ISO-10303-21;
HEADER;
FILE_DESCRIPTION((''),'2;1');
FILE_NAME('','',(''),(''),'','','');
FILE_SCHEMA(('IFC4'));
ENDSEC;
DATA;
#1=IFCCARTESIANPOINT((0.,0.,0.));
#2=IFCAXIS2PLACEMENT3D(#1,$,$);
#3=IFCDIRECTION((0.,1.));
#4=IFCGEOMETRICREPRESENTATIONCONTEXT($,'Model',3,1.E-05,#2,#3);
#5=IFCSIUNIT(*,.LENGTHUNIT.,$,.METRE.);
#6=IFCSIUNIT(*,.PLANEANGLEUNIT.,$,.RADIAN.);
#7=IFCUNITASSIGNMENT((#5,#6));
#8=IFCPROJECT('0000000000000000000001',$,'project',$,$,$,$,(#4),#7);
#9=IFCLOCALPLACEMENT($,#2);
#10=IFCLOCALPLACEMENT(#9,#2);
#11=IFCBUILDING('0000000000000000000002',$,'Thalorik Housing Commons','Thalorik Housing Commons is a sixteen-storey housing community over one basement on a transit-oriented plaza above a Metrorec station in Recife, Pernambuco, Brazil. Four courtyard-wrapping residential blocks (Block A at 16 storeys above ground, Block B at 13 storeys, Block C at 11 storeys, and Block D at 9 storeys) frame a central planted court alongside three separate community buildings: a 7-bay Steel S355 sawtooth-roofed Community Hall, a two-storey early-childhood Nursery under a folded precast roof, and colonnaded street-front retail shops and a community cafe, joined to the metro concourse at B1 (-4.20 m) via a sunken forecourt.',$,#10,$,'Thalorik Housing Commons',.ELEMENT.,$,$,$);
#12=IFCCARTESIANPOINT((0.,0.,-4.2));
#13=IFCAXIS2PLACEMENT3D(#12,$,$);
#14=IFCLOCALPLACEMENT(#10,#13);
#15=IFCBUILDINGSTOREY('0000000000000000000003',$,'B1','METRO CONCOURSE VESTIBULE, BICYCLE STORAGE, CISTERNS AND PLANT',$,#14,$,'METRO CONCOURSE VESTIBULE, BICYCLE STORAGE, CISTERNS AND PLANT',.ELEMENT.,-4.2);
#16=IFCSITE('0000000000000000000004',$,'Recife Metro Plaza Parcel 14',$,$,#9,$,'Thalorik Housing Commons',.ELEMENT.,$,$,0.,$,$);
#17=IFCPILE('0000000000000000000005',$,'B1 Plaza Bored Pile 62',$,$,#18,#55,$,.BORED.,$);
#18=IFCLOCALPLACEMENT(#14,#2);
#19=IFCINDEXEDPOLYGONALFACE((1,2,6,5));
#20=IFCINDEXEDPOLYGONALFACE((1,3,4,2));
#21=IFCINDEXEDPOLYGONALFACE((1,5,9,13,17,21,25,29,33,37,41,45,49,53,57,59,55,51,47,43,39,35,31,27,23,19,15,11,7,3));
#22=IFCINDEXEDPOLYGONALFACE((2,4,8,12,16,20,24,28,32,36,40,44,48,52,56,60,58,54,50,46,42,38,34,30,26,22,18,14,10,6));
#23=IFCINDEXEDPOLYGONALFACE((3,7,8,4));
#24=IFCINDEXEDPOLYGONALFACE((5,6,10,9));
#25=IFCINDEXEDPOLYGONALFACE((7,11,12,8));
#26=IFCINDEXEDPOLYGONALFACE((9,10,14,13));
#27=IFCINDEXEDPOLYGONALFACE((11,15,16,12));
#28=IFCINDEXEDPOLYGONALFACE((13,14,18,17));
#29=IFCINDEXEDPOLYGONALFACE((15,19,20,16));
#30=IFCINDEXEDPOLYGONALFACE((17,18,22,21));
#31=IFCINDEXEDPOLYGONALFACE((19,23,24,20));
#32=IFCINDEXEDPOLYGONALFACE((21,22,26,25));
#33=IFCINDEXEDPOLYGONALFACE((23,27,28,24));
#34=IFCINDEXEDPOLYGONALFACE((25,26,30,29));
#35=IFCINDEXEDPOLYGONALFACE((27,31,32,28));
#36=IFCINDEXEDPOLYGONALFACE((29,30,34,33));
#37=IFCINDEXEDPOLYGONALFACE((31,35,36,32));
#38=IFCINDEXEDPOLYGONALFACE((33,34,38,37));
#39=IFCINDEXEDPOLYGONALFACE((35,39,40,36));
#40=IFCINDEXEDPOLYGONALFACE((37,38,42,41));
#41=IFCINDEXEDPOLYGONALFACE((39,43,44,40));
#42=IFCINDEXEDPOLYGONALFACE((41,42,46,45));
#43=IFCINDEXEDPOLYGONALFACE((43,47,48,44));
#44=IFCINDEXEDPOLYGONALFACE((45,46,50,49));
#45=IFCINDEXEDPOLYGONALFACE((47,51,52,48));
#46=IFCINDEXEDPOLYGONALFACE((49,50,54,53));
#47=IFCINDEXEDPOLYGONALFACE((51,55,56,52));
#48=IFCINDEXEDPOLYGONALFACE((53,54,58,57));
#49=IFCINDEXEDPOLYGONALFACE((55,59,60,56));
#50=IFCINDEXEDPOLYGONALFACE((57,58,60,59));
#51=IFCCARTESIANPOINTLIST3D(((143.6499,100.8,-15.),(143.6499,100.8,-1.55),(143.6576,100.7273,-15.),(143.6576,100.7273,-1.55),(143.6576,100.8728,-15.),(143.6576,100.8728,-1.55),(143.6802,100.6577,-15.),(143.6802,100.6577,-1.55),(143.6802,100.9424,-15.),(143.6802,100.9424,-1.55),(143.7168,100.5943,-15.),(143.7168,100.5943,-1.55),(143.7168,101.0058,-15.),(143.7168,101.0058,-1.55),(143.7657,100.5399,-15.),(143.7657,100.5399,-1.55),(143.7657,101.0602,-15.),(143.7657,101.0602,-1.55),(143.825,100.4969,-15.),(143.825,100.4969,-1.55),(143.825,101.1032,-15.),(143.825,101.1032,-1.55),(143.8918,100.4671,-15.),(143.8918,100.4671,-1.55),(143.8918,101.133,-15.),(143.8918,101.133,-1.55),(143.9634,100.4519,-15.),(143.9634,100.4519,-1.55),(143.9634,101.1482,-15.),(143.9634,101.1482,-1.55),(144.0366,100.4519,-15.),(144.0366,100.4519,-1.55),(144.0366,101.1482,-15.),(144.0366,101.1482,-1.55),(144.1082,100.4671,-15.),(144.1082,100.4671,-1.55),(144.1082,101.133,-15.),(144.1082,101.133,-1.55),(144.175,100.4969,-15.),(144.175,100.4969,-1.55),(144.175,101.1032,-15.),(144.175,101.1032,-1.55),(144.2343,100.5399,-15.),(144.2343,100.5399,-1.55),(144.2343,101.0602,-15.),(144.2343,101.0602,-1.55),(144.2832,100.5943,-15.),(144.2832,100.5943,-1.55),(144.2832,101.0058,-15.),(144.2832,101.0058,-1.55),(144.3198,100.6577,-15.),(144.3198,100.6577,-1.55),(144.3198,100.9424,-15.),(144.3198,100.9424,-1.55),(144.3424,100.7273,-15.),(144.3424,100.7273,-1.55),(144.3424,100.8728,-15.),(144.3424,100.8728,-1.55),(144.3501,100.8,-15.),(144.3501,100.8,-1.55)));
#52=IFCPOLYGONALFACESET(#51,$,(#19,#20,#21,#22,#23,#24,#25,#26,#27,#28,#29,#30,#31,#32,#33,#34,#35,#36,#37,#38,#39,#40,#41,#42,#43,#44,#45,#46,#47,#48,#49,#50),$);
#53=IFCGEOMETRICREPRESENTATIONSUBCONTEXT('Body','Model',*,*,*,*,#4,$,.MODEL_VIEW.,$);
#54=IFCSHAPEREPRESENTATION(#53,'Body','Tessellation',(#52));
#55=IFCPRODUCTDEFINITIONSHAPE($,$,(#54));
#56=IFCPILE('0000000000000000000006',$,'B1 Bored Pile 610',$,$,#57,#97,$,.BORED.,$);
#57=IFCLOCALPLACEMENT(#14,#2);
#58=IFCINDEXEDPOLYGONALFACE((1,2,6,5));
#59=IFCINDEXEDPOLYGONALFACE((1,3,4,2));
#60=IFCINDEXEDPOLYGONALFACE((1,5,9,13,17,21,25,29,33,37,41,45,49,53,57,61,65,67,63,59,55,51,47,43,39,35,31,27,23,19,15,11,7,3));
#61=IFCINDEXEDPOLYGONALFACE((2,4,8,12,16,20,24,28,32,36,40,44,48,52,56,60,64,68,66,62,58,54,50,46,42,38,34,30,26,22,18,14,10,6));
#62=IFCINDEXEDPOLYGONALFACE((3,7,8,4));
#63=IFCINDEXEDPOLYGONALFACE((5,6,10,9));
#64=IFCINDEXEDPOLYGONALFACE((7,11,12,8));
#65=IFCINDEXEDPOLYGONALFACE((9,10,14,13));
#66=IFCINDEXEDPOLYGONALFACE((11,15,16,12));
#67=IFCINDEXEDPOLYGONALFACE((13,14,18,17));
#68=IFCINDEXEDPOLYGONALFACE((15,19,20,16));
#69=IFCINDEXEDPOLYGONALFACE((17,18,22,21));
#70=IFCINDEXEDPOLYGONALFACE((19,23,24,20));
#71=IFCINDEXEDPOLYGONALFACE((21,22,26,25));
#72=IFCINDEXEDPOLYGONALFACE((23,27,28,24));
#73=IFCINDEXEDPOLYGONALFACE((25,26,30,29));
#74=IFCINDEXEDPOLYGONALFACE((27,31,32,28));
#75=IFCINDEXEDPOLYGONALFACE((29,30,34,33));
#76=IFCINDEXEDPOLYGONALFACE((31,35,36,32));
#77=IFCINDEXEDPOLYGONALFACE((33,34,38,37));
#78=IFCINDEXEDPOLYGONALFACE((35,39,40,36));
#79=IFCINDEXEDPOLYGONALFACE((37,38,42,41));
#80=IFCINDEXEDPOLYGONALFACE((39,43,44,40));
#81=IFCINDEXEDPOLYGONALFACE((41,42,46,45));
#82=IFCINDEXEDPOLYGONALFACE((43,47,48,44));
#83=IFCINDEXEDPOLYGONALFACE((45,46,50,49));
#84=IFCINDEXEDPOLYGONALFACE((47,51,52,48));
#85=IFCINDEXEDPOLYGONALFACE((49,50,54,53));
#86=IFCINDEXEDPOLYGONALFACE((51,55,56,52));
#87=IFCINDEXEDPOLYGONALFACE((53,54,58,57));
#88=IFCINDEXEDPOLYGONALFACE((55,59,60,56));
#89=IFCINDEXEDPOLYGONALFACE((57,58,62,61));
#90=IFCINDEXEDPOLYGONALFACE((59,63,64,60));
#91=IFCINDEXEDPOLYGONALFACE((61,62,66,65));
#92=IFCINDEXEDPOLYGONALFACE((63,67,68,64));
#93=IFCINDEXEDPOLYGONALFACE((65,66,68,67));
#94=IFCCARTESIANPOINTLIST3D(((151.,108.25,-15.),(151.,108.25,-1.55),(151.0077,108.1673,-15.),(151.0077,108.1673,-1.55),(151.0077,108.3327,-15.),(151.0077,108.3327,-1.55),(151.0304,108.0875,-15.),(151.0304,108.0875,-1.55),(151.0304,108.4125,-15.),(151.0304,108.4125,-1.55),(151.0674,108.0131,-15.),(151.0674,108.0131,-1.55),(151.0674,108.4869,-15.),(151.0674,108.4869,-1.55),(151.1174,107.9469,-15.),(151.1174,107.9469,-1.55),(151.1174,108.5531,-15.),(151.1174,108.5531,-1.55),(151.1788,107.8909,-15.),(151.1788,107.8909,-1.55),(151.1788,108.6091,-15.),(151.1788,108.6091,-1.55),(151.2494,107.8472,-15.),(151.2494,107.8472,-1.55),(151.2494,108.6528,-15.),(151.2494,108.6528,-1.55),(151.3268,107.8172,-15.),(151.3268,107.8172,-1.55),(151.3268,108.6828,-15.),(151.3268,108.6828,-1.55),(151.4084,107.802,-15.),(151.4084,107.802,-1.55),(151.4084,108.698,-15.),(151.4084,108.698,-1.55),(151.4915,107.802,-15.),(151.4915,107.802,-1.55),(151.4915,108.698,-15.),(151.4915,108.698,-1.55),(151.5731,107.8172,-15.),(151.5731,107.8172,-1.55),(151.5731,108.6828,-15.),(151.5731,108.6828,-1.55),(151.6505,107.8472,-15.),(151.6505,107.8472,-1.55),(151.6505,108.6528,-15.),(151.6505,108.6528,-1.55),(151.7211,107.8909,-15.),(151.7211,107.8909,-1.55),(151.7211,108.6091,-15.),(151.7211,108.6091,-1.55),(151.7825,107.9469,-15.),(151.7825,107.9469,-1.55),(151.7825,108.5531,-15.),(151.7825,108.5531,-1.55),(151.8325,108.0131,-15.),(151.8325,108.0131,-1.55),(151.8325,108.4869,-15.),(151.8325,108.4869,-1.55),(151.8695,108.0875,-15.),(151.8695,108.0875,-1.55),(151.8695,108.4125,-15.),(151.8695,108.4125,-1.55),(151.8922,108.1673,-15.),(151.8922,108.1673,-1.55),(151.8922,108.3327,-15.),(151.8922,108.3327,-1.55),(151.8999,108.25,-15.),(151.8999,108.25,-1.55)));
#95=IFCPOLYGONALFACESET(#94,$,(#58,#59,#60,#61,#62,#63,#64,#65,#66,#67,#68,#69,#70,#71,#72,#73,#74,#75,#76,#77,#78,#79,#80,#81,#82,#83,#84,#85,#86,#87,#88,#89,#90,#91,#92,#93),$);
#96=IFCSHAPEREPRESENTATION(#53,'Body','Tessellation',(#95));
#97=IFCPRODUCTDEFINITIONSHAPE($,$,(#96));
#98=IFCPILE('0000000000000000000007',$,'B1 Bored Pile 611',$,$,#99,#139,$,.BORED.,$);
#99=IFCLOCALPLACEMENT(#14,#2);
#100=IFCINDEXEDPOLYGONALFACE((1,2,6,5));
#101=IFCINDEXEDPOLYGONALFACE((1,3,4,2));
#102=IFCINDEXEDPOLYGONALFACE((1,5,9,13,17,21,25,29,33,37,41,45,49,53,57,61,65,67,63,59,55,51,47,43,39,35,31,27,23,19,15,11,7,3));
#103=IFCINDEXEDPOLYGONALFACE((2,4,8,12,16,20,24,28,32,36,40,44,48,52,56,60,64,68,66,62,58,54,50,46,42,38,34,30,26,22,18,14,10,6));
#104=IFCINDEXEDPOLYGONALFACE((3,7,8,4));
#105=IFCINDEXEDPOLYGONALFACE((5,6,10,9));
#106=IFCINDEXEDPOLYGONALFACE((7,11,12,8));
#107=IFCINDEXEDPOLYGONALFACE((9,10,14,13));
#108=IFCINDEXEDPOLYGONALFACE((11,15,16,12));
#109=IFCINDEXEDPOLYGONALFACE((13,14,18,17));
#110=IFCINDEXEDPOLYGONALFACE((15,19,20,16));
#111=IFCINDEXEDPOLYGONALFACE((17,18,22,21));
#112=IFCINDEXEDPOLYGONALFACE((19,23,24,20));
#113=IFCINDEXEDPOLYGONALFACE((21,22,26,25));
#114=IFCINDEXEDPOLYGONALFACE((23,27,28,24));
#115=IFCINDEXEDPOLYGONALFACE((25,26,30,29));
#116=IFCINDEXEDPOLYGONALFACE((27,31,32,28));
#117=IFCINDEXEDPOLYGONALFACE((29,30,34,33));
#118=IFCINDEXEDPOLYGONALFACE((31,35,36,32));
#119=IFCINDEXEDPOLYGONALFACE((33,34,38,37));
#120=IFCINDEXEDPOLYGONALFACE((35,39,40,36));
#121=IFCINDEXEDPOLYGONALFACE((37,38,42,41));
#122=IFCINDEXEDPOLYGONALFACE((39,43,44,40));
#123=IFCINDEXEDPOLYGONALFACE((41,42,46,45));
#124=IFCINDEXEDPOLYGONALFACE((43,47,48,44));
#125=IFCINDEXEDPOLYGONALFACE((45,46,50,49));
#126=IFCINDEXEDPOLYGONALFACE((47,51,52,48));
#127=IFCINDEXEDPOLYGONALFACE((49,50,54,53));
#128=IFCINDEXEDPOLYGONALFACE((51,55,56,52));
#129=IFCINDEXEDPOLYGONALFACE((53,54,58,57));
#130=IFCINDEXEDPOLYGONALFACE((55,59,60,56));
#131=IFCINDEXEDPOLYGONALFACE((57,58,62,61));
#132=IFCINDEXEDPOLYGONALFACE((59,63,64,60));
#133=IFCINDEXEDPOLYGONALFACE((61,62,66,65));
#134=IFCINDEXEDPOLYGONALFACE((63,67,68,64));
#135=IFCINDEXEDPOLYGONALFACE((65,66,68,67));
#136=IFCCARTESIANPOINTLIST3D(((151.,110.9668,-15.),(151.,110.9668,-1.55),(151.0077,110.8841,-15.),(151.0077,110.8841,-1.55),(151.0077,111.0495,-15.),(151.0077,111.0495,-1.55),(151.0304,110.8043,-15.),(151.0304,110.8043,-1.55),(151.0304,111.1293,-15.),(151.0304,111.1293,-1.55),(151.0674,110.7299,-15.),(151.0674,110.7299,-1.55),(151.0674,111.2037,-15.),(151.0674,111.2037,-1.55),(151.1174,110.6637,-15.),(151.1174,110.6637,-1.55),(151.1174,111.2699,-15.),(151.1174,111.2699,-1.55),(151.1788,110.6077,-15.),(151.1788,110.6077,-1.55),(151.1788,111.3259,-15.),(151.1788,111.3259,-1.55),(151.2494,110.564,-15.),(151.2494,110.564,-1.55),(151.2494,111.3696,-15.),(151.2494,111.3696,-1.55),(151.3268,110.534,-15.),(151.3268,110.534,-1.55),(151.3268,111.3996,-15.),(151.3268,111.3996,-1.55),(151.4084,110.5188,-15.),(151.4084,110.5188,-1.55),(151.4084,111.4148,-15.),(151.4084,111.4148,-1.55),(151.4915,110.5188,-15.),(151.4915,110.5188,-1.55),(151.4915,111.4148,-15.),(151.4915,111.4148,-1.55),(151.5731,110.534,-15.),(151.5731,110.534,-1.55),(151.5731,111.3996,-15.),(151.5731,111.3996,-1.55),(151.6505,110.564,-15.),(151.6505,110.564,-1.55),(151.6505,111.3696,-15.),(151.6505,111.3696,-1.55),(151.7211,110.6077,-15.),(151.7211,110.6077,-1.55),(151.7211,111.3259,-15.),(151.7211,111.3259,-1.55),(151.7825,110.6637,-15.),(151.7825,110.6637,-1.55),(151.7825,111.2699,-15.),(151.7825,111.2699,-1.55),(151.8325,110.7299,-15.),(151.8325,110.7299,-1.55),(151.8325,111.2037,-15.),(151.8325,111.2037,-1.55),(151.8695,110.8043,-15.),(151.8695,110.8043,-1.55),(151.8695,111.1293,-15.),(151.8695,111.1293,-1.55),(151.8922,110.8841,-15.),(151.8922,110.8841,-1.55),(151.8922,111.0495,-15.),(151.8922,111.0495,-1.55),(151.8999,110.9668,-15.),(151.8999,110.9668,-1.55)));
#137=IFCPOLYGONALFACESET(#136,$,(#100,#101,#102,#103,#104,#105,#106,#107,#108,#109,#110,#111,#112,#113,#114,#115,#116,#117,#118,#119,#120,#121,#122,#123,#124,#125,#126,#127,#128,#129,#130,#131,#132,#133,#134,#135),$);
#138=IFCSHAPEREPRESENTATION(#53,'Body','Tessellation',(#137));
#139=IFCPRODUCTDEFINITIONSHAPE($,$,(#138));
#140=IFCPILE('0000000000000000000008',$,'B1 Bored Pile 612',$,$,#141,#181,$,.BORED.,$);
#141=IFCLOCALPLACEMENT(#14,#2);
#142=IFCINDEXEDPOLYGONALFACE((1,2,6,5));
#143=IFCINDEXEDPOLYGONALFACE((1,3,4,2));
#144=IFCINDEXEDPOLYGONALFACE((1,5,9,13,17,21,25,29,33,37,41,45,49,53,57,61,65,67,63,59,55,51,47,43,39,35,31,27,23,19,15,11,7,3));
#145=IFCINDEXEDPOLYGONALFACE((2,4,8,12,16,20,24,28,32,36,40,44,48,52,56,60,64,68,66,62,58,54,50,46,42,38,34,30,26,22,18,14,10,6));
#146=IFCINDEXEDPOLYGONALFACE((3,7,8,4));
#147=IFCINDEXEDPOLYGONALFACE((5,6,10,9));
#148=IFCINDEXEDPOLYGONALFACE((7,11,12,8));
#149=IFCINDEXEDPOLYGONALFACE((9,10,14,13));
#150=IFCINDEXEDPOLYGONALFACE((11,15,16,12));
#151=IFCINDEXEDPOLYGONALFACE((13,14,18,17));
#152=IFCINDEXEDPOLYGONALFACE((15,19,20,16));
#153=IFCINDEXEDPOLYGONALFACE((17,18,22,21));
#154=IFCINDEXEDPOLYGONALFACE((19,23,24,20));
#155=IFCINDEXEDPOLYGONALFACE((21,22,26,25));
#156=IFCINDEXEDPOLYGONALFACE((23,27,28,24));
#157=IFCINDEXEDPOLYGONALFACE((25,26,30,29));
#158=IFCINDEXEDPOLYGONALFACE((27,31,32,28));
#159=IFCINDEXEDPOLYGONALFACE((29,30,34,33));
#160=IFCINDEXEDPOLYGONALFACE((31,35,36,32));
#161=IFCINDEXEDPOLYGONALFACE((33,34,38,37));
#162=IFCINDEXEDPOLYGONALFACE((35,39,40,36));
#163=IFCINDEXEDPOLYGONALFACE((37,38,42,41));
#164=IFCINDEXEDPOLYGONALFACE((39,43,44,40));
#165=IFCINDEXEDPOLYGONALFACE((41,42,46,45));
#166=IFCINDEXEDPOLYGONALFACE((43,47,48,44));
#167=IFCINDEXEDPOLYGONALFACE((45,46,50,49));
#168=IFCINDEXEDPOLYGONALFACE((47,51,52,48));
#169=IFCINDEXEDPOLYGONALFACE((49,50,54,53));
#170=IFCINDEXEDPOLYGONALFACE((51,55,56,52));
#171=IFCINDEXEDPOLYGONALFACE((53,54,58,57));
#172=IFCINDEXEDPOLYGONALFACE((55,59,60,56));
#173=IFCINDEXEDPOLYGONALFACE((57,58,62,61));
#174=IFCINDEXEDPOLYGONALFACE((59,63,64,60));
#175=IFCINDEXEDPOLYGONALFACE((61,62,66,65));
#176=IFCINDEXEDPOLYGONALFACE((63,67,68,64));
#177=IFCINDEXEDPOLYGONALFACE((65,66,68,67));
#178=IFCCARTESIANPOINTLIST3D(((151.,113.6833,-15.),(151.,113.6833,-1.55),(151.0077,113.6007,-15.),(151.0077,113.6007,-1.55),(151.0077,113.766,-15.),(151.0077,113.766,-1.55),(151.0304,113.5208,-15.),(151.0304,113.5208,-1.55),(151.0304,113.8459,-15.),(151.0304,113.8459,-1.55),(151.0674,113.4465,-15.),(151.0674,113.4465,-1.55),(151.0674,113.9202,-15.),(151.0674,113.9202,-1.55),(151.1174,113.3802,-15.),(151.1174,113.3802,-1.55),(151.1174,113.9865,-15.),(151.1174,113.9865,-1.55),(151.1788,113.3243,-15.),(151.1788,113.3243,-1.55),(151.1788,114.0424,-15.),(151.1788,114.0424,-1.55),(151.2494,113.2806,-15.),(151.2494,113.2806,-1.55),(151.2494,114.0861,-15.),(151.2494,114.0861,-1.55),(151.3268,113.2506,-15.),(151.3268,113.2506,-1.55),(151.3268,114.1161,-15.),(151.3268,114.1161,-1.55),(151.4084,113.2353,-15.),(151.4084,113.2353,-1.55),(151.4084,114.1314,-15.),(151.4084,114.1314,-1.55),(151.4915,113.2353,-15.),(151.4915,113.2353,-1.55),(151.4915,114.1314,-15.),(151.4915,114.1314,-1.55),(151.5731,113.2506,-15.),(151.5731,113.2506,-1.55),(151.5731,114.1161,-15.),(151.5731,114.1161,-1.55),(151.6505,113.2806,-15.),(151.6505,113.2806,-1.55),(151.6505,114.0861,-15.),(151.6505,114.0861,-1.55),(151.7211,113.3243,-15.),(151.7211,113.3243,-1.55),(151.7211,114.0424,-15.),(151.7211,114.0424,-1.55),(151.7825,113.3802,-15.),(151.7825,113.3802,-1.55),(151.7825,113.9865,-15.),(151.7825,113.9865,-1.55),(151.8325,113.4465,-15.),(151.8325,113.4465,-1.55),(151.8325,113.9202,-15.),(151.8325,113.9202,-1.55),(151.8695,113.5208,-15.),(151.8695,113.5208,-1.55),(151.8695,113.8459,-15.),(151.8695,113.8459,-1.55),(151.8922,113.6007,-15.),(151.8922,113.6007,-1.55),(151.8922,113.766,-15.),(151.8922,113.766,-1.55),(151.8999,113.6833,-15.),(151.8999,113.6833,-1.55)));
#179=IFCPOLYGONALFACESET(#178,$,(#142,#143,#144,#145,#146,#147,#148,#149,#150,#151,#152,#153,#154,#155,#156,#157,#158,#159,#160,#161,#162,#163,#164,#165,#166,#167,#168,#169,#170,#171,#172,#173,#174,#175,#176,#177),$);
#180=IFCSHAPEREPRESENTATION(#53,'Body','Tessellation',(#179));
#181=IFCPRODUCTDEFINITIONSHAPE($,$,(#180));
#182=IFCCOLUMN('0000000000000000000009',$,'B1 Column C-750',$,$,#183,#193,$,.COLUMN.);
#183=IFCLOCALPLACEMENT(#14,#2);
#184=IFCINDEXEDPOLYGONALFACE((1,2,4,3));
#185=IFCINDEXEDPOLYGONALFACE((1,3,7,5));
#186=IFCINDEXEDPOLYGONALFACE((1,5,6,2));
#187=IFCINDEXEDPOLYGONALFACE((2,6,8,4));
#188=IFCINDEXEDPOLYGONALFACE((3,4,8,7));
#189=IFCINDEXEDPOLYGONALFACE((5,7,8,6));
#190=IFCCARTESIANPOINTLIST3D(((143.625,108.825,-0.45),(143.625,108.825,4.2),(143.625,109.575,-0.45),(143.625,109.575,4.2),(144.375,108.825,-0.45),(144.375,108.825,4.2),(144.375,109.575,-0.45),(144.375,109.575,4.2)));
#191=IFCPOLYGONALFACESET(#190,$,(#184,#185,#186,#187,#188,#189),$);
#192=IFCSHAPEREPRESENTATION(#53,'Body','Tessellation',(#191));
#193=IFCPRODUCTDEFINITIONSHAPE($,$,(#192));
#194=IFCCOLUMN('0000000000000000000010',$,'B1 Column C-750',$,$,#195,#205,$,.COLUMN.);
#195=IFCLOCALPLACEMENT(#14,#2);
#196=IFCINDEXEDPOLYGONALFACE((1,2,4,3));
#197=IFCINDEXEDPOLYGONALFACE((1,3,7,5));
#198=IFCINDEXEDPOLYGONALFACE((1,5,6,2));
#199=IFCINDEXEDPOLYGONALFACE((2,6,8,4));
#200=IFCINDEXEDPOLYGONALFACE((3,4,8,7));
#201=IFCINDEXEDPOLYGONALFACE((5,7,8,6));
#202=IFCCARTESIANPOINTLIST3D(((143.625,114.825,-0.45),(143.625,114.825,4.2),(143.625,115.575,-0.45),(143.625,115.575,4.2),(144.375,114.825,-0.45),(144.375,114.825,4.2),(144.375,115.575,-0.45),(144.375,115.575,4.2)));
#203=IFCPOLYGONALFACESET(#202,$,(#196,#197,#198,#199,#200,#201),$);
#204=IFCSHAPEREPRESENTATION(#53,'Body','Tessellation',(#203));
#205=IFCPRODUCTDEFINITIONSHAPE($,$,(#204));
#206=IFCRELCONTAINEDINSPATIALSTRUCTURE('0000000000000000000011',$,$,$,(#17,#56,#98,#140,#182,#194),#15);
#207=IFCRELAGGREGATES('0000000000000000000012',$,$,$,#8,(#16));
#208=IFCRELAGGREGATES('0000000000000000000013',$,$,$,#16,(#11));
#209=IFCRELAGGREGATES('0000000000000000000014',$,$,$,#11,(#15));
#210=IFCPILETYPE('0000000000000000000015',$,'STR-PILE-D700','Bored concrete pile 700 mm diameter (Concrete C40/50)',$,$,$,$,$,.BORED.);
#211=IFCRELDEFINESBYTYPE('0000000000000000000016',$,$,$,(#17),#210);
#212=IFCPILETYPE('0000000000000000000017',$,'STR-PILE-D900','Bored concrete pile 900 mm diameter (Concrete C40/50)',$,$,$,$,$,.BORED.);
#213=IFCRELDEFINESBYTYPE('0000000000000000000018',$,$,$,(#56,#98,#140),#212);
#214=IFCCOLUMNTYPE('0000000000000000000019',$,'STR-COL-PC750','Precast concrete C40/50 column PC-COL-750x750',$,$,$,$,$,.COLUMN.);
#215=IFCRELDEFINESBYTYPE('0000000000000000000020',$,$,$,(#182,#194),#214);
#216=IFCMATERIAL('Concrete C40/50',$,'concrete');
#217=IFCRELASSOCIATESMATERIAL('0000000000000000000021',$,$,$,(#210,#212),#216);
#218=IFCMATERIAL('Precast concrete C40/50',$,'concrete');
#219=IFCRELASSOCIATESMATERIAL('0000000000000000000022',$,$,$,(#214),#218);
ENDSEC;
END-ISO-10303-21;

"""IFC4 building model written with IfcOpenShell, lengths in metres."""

from ifc_helpers import new_model, si_unit, direction, frame, origin, origin_2d, place, context, subcontext, project, spatial, rectangle, circle, extrude, material, material_profile, profile_set, type_object, element, save


model = new_model("IFC4")

# Units and contexts
model_context = context("Model", 3, precision=1e-05, world=origin(), true_north=direction((0.0, 1.0)))
body_context = subcontext(model_context, "Body", "Model", "MODEL_VIEW")
ifc_project = project(units=[si_unit("LENGTHUNIT", "METRE"), si_unit("PLANEANGLEUNIT", "RADIAN")], contexts=[model_context])

# Site, building, storey
site_placement = place(None, origin())
site = spatial("IfcSite", under=ifc_project, at=site_placement, Name="Recife Metro Plaza Parcel 14", LongName="Thalorik Housing Commons", CompositionType="ELEMENT", RefElevation=0.0)
building_placement = place(site_placement, origin())
building = spatial("IfcBuilding", under=site, at=building_placement, Name="Thalorik Housing Commons", Description="Thalorik Housing Commons is a sixteen-storey housing community over one basement on a transit-oriented plaza above a Metrorec station in Recife, Pernambuco, Brazil. Four courtyard-wrapping residential blocks (Block A at 16 storeys above ground, Block B at 13 storeys, Block C at 11 storeys, and Block D at 9 storeys) frame a central planted court alongside three separate community buildings: a 7-bay Steel S355 sawtooth-roofed Community Hall, a two-storey early-childhood Nursery under a folded precast roof, and colonnaded street-front retail shops and a community cafe, joined to the metro concourse at B1 (-4.20 m) via a sunken forecourt.", LongName="Thalorik Housing Commons", CompositionType="ELEMENT")
storey_placement = place(building_placement, frame((0.0, 0.0, -4.2)))
storey = spatial("IfcBuildingStorey", under=building, at=storey_placement, Name="B1", Description="METRO CONCOURSE VESTIBULE, BICYCLE STORAGE, CISTERNS AND PLANT", LongName="METRO CONCOURSE VESTIBULE, BICYCLE STORAGE, CISTERNS AND PLANT", CompositionType="ELEMENT", Elevation=-4.2)

# Shared definitions
ifc_material_1 = material(Name="Concrete C40/50", Category="concrete")

# Piles
ifc_material_profile_1 = material_profile(ifc_material_1, circle(Radius=0.3501, at=origin_2d()), Name="BORED PILE D700", Category="concrete")
ifc_profile_set_1 = profile_set([ifc_material_profile_1], Name="Concrete C40/50")
pile_type_1 = type_object("IfcPileType", Name="STR-PILE-D700", Description="Bored concrete pile 700 mm diameter (Concrete C40/50)", PredefinedType="BORED", material=ifc_profile_set_1)
for number, where, z_axis, x_axis, name in (
    (1, (144.0, 100.8, -1.55), (0.0, 0.0, -1.0), (1.0, 0.0, 0.0), "B1 Plaza Bored Pile 62"),
):
    element("IfcPile", number, at=place(storey_placement, frame(where, z_axis=z_axis, x_axis=x_axis)), inside=storey, type_object=pile_type_1, Name=name, PredefinedType="BORED", context=body_context, shape_type="SweptSolid", body=[
        extrude(circle(Radius=0.3501, at=origin_2d()), origin(), (0.0, 0.0, 1.0), 13.45),
    ])
ifc_material_profile_2 = material_profile(ifc_material_1, circle(Radius=0.45, at=origin_2d()), Name="BORED PILE D900", Category="concrete")
ifc_profile_set_2 = profile_set([ifc_material_profile_2], Name="Concrete C40/50")
pile_type_2 = type_object("IfcPileType", Name="STR-PILE-D900", Description="Bored concrete pile 900 mm diameter (Concrete C40/50)", PredefinedType="BORED", material=ifc_profile_set_2)
for number, where, z_axis, x_axis, name in (
    (2, (151.45, 108.25, -1.55), (0.0, 0.0, -1.0), (1.0, 0.0, 0.0), "B1 Bored Pile 610"),
    (3, (151.45, 110.9668, -1.55), (0.0, 0.0, -1.0), (1.0, 0.0, 0.0), "B1 Bored Pile 611"),
    (4, (151.45, 113.6833, -1.55), (0.0, 0.0, -1.0), (1.0, 0.0, 0.0), "B1 Bored Pile 612"),
):
    element("IfcPile", number, at=place(storey_placement, frame(where, z_axis=z_axis, x_axis=x_axis)), inside=storey, type_object=pile_type_2, Name=name, PredefinedType="BORED", context=body_context, shape_type="SweptSolid", body=[
        extrude(circle(Radius=0.45, at=origin_2d()), origin(), (0.0, 0.0, 1.0), 13.45),
    ])

# Columns
ifc_material_2 = material(Name="Precast concrete C40/50", Category="concrete")
ifc_material_profile_3 = material_profile(ifc_material_2, rectangle(XDim=0.75, YDim=0.75, at=origin_2d()), Name="PC 750x750", Category="concrete")
ifc_profile_set_3 = profile_set([ifc_material_profile_3], Name="Precast concrete C40/50")
column_type = type_object("IfcColumnType", Name="STR-COL-PC750", Description="Precast concrete C40/50 column PC-COL-750x750", PredefinedType="COLUMN", material=ifc_profile_set_3)
for number, where, z_axis, x_axis, name in (
    (5, (144.0, 109.2, -0.45), (0.0, 0.0, 1.0), (1.0, 0.0, 0.0), "B1 Column C-750"),
    (6, (144.0, 115.2, -0.45), (0.0, 0.0, 1.0), (1.0, 0.0, 0.0), "B1 Column C-750"),
):
    element("IfcColumn", number, at=place(storey_placement, frame(where, z_axis=z_axis, x_axis=x_axis)), inside=storey, type_object=column_type, Name=name, PredefinedType="COLUMN", context=body_context, shape_type="SweptSolid", body=[
        extrude(rectangle(XDim=0.75, YDim=0.75, at=origin_2d()), origin(), (0.0, 0.0, 1.0), 4.6499),
    ])

save(model, "model.ifc")
